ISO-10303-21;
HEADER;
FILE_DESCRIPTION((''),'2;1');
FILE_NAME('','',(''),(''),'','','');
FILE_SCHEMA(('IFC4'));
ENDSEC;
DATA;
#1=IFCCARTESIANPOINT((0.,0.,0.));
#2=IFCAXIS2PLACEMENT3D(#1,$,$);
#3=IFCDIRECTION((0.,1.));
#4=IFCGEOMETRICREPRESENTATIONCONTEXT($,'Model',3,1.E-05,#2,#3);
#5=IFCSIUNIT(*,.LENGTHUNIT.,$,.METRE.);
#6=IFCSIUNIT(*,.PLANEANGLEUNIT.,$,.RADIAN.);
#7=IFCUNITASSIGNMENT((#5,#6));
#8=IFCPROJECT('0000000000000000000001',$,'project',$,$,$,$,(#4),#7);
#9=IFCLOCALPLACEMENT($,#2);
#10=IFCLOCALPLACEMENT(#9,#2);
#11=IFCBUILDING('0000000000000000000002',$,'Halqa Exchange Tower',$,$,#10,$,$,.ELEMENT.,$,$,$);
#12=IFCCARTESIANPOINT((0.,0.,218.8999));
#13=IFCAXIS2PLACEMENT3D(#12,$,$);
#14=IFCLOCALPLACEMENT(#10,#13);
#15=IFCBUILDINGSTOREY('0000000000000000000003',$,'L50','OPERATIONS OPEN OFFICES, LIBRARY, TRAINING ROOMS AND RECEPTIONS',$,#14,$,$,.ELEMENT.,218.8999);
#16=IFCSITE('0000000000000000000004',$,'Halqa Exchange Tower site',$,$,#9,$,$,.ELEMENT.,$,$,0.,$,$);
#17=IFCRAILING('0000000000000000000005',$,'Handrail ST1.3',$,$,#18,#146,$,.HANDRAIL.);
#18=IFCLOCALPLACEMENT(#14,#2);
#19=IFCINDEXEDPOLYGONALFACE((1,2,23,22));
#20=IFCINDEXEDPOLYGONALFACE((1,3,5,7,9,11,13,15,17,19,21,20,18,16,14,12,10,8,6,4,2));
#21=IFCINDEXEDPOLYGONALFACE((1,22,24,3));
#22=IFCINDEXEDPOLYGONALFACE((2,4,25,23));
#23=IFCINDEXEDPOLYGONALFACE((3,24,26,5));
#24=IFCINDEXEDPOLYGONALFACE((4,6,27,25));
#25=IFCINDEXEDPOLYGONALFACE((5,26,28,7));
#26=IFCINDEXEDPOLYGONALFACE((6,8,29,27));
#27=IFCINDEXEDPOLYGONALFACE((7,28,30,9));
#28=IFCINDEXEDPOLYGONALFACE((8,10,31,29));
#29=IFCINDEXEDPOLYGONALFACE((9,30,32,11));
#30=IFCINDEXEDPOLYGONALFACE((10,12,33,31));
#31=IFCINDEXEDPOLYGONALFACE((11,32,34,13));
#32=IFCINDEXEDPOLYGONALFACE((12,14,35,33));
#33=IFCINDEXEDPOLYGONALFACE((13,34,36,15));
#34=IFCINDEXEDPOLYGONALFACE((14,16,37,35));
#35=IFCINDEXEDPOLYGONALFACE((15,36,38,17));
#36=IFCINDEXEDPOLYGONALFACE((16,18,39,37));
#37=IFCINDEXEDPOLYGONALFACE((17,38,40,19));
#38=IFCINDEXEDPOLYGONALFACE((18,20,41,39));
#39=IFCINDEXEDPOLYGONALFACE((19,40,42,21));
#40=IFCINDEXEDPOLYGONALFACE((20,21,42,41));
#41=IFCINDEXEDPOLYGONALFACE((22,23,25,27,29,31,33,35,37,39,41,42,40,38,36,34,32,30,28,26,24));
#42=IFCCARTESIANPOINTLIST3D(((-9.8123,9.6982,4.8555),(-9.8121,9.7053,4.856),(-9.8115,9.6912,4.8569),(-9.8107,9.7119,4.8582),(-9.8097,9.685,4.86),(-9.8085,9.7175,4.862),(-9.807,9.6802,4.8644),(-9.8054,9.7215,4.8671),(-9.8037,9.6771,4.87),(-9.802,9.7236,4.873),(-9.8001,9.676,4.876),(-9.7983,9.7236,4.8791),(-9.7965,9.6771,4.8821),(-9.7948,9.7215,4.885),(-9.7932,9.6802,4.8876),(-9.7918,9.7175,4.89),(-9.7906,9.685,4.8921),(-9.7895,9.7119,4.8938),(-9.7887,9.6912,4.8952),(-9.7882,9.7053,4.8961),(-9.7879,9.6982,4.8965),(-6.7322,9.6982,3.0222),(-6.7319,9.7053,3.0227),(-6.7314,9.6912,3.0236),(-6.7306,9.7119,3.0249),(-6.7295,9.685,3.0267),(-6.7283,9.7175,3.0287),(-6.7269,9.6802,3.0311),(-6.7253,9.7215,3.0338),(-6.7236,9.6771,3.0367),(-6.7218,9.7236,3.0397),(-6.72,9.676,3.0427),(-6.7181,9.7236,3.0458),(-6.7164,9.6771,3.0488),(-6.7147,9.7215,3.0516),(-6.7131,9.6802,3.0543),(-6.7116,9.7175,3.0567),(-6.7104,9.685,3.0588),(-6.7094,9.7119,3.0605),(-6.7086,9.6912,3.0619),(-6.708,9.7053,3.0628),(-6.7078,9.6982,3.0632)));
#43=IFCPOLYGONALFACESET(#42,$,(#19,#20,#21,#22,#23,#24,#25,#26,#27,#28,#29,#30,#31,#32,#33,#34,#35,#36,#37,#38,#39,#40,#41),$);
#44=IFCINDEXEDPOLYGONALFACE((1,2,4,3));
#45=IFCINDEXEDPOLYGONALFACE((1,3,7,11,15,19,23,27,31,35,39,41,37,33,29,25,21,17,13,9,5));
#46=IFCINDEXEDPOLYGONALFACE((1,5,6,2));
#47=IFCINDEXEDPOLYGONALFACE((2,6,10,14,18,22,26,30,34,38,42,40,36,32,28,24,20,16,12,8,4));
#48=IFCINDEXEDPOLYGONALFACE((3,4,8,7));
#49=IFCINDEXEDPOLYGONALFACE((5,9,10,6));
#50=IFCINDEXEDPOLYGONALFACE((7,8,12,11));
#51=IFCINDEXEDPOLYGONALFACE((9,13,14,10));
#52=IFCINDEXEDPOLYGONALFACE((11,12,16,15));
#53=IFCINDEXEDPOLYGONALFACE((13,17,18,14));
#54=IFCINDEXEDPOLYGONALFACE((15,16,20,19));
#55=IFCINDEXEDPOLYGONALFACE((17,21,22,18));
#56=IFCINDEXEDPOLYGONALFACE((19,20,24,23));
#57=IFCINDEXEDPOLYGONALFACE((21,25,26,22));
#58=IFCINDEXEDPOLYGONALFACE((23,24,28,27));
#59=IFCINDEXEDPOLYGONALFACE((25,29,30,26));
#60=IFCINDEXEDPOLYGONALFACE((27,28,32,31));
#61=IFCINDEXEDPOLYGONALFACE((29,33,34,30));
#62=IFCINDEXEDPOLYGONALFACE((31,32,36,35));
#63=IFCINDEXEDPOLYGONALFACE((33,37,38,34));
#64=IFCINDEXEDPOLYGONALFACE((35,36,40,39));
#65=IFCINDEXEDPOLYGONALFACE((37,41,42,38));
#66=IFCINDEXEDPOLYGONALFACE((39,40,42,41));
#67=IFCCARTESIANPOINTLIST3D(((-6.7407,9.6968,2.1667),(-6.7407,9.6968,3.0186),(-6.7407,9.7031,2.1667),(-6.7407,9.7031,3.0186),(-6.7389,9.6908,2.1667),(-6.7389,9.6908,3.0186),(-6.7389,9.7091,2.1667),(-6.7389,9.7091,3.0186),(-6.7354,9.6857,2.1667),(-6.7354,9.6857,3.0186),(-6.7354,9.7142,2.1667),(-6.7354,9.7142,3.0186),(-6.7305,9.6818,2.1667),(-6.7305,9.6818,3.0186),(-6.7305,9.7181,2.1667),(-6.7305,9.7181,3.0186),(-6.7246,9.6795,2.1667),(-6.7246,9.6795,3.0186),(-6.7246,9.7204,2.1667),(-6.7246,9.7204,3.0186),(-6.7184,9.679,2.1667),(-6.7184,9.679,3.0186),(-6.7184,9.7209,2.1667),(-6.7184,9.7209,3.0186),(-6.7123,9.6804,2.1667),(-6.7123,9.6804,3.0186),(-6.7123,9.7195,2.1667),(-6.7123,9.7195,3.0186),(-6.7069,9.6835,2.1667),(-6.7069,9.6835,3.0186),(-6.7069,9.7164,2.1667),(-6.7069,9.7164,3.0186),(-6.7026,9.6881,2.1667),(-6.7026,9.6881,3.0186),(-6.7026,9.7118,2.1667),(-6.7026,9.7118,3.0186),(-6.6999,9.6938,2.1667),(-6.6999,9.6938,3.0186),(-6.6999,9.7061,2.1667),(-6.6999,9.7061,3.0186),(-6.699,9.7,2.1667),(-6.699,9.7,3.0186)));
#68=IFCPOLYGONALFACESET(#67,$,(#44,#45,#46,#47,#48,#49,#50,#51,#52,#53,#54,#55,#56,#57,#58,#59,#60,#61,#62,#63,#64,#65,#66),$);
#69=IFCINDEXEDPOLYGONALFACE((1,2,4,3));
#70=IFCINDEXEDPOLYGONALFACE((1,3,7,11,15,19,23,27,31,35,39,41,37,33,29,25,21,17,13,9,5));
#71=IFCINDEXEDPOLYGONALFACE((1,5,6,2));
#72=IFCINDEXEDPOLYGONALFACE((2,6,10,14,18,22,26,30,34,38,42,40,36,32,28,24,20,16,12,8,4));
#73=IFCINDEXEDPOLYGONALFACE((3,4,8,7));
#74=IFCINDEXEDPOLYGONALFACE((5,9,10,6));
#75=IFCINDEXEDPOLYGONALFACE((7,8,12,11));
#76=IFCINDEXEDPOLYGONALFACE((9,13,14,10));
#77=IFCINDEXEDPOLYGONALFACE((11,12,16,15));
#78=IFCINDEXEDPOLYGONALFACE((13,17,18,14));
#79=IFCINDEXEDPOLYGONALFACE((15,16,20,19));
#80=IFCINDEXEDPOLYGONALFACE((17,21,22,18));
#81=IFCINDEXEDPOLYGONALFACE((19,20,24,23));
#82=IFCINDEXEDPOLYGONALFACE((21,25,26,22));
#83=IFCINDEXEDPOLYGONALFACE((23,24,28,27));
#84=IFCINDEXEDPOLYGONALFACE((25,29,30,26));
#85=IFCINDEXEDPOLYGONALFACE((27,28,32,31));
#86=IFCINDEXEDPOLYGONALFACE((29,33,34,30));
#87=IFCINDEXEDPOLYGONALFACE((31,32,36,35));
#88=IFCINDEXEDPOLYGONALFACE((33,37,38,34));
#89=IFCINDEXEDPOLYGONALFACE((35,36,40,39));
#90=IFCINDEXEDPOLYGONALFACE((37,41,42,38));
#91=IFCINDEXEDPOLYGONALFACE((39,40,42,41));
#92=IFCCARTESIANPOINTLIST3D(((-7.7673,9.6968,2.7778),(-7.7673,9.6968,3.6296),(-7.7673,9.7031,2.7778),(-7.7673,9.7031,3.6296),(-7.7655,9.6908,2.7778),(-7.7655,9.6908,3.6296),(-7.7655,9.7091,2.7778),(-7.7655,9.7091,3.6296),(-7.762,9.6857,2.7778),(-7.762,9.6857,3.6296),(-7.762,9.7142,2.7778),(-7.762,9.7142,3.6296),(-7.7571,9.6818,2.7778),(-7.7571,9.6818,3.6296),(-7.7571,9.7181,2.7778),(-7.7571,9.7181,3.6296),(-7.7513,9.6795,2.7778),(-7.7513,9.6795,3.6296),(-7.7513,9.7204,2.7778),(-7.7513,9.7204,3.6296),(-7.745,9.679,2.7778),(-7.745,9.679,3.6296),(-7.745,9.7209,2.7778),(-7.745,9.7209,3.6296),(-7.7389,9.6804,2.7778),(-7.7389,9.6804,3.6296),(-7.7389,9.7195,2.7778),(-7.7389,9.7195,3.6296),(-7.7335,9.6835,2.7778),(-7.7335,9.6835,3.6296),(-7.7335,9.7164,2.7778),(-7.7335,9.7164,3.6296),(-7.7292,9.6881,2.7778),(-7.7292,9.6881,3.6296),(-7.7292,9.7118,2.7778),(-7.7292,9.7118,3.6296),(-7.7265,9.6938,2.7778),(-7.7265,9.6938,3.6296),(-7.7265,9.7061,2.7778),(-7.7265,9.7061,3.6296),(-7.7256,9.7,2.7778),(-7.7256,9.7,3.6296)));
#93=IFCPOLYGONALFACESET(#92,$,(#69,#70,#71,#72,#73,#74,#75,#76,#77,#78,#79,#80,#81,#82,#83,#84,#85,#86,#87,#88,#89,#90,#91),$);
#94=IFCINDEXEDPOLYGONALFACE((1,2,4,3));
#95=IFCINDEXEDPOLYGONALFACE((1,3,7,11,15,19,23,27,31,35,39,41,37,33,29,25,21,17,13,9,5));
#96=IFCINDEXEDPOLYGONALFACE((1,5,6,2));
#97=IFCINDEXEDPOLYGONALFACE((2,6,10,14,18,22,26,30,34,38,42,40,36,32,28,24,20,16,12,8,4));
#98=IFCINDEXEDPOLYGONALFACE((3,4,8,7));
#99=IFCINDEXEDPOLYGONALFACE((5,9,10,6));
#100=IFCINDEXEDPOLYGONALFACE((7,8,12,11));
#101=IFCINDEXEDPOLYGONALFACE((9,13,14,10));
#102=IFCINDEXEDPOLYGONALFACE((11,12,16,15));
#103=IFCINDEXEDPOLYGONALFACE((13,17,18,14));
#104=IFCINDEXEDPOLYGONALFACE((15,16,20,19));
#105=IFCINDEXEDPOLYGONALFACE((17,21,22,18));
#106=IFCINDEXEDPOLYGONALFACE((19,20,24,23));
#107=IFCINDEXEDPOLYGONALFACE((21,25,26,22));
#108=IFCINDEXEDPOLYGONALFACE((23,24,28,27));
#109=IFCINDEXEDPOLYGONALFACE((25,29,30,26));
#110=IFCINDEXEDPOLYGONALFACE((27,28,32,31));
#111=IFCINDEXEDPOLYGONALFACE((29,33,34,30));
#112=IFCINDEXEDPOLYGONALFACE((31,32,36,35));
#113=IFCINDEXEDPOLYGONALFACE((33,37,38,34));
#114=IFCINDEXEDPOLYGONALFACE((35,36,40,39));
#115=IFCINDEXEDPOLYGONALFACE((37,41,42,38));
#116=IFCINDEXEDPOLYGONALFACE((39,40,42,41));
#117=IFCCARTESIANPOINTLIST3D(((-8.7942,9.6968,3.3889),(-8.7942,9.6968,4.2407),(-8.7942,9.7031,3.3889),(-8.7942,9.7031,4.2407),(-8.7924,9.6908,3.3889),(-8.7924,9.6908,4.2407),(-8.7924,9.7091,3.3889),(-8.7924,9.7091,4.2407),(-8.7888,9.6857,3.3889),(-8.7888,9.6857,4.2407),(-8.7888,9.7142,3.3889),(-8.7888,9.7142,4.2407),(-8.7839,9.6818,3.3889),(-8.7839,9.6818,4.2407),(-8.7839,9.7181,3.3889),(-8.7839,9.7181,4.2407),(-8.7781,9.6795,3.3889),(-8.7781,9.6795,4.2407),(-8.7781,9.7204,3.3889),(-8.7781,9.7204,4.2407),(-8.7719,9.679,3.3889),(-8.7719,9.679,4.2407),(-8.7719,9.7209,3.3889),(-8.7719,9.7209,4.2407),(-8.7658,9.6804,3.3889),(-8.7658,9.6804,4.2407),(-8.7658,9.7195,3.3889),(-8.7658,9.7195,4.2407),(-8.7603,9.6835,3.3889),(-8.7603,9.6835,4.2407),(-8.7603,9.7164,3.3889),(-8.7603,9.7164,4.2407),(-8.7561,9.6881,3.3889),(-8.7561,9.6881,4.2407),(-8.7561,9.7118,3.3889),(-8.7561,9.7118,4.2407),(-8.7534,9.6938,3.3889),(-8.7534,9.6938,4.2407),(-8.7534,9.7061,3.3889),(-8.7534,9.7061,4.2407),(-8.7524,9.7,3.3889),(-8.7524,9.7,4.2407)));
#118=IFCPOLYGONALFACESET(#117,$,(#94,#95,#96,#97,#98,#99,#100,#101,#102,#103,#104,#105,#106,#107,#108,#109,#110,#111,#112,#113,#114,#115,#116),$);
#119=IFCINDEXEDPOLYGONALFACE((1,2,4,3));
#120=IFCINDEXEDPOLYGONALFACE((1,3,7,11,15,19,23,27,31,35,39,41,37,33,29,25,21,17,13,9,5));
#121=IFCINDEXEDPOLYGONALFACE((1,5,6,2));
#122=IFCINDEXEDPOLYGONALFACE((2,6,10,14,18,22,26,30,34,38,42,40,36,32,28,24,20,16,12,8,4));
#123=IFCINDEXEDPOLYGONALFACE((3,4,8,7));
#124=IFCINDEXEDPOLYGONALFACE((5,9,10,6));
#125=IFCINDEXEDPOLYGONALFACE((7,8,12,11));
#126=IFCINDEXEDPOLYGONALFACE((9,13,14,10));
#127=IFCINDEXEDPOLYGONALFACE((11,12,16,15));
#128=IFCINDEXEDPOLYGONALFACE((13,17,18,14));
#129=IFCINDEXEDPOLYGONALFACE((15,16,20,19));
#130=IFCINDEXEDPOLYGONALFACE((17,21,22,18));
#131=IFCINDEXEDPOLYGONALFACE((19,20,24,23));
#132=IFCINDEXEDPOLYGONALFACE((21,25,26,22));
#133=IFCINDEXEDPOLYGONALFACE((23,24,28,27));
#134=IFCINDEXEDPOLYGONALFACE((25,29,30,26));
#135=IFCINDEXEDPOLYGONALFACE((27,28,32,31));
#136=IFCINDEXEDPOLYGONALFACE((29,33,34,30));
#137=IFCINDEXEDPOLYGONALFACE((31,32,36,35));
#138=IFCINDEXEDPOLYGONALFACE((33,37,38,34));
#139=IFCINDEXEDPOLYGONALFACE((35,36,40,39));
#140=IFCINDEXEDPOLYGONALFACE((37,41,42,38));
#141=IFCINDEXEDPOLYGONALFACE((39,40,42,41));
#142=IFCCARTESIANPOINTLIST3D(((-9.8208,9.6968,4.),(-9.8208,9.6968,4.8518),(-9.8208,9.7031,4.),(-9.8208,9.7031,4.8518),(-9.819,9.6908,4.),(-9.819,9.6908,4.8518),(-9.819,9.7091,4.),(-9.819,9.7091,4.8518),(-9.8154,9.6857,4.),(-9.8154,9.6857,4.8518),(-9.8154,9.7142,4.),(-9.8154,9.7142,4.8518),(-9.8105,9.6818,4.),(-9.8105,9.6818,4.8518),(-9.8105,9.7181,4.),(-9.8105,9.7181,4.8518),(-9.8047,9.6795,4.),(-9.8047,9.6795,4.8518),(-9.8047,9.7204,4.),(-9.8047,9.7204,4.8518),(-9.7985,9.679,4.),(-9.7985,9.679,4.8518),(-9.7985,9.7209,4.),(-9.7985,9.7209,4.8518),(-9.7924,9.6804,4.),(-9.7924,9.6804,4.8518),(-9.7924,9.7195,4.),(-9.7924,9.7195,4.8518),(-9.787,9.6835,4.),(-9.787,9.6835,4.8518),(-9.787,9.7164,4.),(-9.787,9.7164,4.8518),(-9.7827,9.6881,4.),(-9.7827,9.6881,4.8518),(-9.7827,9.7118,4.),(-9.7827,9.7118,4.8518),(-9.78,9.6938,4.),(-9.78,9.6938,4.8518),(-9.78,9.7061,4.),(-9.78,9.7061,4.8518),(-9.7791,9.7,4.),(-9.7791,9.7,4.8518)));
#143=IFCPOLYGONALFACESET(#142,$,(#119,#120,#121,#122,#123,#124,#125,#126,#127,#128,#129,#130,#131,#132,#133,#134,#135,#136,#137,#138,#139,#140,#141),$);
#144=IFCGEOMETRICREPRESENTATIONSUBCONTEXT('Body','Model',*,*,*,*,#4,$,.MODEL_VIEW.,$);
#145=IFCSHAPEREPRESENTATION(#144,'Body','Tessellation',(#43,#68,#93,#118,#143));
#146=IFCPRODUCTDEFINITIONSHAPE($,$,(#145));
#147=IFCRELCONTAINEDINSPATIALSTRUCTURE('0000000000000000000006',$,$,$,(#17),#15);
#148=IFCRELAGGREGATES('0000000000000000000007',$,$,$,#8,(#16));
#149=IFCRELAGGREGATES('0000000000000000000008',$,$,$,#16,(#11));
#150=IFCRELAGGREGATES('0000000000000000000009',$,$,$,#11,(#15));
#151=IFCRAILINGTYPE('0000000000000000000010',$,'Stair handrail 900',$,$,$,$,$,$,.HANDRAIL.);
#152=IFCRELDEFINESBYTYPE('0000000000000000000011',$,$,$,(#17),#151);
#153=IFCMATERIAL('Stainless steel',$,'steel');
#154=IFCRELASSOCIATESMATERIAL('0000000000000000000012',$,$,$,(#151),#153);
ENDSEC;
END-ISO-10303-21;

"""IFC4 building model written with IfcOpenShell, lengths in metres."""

from ifc_helpers import new_model, si_unit, direction, frame, origin, origin_2d, place, context, subcontext, project, spatial, circle, extrude, material, type_object, element, save


model = new_model("IFC4")

# Units and contexts
model_context = context("Model", 3, precision=1e-05, world=origin(), true_north=direction((0.0, 1.0)))
body_context = subcontext(model_context, "Body", "Model", "MODEL_VIEW")
ifc_project = project(units=[si_unit("LENGTHUNIT", "METRE"), si_unit("PLANEANGLEUNIT", "RADIAN")], contexts=[model_context])

# Site, building, storey
site_placement = place(None, origin())
site = spatial("IfcSite", under=ifc_project, at=site_placement, Name="Halqa Exchange Tower site", CompositionType="ELEMENT", RefElevation=0.0)
building_placement = place(site_placement, origin())
building = spatial("IfcBuilding", under=site, at=building_placement, Name="Halqa Exchange Tower", CompositionType="ELEMENT")
storey_placement = place(building_placement, frame((0.0, 0.0, 218.8999)))
storey = spatial("IfcBuildingStorey", under=building, at=storey_placement, Name="L50", Description="OPERATIONS OPEN OFFICES, LIBRARY, TRAINING ROOMS AND RECEPTIONS", CompositionType="ELEMENT", Elevation=218.8999)

# Railing
ifc_material_1 = material(Name="Stainless steel", Category="steel")
railing_type_1 = type_object("IfcRailingType", Name="Stair handrail 900", PredefinedType="HANDRAIL", material=ifc_material_1)
railing_1_placement = place(storey_placement, frame((-6.72, 9.7, 2.1667)))
element("IfcRailing", 1, at=railing_1_placement, inside=storey, type_object=railing_type_1, Name="Handrail ST1.3", PredefinedType="HANDRAIL", context=body_context, shape_type="SweptSolid", body=[
    extrude(circle(Radius=0.0239, at=origin_2d()), frame((0.0, 0.0, 0.876), z_axis=(-0.859309, 0.0, 0.511458), x_axis=(0.0, -1.0, 0.0)), (0.0, 0.0, 1.0), 3.5845),
    extrude(circle(Radius=0.021, at=origin_2d()), origin(), (0.0, 0.0, 1.0), 0.8518),
    extrude(circle(Radius=0.021, at=origin_2d()), frame((-1.0266, 0.0, 0.6111)), (0.0, 0.0, 1.0), 0.8518),
    extrude(circle(Radius=0.021, at=origin_2d()), frame((-2.0535, 0.0, 1.2222)), (0.0, 0.0, 1.0), 0.8518),
    extrude(circle(Radius=0.021, at=origin_2d()), frame((-3.0801, 0.0, 1.8333)), (0.0, 0.0, 1.0), 0.8518),
])

save(model, "model.ifc")
